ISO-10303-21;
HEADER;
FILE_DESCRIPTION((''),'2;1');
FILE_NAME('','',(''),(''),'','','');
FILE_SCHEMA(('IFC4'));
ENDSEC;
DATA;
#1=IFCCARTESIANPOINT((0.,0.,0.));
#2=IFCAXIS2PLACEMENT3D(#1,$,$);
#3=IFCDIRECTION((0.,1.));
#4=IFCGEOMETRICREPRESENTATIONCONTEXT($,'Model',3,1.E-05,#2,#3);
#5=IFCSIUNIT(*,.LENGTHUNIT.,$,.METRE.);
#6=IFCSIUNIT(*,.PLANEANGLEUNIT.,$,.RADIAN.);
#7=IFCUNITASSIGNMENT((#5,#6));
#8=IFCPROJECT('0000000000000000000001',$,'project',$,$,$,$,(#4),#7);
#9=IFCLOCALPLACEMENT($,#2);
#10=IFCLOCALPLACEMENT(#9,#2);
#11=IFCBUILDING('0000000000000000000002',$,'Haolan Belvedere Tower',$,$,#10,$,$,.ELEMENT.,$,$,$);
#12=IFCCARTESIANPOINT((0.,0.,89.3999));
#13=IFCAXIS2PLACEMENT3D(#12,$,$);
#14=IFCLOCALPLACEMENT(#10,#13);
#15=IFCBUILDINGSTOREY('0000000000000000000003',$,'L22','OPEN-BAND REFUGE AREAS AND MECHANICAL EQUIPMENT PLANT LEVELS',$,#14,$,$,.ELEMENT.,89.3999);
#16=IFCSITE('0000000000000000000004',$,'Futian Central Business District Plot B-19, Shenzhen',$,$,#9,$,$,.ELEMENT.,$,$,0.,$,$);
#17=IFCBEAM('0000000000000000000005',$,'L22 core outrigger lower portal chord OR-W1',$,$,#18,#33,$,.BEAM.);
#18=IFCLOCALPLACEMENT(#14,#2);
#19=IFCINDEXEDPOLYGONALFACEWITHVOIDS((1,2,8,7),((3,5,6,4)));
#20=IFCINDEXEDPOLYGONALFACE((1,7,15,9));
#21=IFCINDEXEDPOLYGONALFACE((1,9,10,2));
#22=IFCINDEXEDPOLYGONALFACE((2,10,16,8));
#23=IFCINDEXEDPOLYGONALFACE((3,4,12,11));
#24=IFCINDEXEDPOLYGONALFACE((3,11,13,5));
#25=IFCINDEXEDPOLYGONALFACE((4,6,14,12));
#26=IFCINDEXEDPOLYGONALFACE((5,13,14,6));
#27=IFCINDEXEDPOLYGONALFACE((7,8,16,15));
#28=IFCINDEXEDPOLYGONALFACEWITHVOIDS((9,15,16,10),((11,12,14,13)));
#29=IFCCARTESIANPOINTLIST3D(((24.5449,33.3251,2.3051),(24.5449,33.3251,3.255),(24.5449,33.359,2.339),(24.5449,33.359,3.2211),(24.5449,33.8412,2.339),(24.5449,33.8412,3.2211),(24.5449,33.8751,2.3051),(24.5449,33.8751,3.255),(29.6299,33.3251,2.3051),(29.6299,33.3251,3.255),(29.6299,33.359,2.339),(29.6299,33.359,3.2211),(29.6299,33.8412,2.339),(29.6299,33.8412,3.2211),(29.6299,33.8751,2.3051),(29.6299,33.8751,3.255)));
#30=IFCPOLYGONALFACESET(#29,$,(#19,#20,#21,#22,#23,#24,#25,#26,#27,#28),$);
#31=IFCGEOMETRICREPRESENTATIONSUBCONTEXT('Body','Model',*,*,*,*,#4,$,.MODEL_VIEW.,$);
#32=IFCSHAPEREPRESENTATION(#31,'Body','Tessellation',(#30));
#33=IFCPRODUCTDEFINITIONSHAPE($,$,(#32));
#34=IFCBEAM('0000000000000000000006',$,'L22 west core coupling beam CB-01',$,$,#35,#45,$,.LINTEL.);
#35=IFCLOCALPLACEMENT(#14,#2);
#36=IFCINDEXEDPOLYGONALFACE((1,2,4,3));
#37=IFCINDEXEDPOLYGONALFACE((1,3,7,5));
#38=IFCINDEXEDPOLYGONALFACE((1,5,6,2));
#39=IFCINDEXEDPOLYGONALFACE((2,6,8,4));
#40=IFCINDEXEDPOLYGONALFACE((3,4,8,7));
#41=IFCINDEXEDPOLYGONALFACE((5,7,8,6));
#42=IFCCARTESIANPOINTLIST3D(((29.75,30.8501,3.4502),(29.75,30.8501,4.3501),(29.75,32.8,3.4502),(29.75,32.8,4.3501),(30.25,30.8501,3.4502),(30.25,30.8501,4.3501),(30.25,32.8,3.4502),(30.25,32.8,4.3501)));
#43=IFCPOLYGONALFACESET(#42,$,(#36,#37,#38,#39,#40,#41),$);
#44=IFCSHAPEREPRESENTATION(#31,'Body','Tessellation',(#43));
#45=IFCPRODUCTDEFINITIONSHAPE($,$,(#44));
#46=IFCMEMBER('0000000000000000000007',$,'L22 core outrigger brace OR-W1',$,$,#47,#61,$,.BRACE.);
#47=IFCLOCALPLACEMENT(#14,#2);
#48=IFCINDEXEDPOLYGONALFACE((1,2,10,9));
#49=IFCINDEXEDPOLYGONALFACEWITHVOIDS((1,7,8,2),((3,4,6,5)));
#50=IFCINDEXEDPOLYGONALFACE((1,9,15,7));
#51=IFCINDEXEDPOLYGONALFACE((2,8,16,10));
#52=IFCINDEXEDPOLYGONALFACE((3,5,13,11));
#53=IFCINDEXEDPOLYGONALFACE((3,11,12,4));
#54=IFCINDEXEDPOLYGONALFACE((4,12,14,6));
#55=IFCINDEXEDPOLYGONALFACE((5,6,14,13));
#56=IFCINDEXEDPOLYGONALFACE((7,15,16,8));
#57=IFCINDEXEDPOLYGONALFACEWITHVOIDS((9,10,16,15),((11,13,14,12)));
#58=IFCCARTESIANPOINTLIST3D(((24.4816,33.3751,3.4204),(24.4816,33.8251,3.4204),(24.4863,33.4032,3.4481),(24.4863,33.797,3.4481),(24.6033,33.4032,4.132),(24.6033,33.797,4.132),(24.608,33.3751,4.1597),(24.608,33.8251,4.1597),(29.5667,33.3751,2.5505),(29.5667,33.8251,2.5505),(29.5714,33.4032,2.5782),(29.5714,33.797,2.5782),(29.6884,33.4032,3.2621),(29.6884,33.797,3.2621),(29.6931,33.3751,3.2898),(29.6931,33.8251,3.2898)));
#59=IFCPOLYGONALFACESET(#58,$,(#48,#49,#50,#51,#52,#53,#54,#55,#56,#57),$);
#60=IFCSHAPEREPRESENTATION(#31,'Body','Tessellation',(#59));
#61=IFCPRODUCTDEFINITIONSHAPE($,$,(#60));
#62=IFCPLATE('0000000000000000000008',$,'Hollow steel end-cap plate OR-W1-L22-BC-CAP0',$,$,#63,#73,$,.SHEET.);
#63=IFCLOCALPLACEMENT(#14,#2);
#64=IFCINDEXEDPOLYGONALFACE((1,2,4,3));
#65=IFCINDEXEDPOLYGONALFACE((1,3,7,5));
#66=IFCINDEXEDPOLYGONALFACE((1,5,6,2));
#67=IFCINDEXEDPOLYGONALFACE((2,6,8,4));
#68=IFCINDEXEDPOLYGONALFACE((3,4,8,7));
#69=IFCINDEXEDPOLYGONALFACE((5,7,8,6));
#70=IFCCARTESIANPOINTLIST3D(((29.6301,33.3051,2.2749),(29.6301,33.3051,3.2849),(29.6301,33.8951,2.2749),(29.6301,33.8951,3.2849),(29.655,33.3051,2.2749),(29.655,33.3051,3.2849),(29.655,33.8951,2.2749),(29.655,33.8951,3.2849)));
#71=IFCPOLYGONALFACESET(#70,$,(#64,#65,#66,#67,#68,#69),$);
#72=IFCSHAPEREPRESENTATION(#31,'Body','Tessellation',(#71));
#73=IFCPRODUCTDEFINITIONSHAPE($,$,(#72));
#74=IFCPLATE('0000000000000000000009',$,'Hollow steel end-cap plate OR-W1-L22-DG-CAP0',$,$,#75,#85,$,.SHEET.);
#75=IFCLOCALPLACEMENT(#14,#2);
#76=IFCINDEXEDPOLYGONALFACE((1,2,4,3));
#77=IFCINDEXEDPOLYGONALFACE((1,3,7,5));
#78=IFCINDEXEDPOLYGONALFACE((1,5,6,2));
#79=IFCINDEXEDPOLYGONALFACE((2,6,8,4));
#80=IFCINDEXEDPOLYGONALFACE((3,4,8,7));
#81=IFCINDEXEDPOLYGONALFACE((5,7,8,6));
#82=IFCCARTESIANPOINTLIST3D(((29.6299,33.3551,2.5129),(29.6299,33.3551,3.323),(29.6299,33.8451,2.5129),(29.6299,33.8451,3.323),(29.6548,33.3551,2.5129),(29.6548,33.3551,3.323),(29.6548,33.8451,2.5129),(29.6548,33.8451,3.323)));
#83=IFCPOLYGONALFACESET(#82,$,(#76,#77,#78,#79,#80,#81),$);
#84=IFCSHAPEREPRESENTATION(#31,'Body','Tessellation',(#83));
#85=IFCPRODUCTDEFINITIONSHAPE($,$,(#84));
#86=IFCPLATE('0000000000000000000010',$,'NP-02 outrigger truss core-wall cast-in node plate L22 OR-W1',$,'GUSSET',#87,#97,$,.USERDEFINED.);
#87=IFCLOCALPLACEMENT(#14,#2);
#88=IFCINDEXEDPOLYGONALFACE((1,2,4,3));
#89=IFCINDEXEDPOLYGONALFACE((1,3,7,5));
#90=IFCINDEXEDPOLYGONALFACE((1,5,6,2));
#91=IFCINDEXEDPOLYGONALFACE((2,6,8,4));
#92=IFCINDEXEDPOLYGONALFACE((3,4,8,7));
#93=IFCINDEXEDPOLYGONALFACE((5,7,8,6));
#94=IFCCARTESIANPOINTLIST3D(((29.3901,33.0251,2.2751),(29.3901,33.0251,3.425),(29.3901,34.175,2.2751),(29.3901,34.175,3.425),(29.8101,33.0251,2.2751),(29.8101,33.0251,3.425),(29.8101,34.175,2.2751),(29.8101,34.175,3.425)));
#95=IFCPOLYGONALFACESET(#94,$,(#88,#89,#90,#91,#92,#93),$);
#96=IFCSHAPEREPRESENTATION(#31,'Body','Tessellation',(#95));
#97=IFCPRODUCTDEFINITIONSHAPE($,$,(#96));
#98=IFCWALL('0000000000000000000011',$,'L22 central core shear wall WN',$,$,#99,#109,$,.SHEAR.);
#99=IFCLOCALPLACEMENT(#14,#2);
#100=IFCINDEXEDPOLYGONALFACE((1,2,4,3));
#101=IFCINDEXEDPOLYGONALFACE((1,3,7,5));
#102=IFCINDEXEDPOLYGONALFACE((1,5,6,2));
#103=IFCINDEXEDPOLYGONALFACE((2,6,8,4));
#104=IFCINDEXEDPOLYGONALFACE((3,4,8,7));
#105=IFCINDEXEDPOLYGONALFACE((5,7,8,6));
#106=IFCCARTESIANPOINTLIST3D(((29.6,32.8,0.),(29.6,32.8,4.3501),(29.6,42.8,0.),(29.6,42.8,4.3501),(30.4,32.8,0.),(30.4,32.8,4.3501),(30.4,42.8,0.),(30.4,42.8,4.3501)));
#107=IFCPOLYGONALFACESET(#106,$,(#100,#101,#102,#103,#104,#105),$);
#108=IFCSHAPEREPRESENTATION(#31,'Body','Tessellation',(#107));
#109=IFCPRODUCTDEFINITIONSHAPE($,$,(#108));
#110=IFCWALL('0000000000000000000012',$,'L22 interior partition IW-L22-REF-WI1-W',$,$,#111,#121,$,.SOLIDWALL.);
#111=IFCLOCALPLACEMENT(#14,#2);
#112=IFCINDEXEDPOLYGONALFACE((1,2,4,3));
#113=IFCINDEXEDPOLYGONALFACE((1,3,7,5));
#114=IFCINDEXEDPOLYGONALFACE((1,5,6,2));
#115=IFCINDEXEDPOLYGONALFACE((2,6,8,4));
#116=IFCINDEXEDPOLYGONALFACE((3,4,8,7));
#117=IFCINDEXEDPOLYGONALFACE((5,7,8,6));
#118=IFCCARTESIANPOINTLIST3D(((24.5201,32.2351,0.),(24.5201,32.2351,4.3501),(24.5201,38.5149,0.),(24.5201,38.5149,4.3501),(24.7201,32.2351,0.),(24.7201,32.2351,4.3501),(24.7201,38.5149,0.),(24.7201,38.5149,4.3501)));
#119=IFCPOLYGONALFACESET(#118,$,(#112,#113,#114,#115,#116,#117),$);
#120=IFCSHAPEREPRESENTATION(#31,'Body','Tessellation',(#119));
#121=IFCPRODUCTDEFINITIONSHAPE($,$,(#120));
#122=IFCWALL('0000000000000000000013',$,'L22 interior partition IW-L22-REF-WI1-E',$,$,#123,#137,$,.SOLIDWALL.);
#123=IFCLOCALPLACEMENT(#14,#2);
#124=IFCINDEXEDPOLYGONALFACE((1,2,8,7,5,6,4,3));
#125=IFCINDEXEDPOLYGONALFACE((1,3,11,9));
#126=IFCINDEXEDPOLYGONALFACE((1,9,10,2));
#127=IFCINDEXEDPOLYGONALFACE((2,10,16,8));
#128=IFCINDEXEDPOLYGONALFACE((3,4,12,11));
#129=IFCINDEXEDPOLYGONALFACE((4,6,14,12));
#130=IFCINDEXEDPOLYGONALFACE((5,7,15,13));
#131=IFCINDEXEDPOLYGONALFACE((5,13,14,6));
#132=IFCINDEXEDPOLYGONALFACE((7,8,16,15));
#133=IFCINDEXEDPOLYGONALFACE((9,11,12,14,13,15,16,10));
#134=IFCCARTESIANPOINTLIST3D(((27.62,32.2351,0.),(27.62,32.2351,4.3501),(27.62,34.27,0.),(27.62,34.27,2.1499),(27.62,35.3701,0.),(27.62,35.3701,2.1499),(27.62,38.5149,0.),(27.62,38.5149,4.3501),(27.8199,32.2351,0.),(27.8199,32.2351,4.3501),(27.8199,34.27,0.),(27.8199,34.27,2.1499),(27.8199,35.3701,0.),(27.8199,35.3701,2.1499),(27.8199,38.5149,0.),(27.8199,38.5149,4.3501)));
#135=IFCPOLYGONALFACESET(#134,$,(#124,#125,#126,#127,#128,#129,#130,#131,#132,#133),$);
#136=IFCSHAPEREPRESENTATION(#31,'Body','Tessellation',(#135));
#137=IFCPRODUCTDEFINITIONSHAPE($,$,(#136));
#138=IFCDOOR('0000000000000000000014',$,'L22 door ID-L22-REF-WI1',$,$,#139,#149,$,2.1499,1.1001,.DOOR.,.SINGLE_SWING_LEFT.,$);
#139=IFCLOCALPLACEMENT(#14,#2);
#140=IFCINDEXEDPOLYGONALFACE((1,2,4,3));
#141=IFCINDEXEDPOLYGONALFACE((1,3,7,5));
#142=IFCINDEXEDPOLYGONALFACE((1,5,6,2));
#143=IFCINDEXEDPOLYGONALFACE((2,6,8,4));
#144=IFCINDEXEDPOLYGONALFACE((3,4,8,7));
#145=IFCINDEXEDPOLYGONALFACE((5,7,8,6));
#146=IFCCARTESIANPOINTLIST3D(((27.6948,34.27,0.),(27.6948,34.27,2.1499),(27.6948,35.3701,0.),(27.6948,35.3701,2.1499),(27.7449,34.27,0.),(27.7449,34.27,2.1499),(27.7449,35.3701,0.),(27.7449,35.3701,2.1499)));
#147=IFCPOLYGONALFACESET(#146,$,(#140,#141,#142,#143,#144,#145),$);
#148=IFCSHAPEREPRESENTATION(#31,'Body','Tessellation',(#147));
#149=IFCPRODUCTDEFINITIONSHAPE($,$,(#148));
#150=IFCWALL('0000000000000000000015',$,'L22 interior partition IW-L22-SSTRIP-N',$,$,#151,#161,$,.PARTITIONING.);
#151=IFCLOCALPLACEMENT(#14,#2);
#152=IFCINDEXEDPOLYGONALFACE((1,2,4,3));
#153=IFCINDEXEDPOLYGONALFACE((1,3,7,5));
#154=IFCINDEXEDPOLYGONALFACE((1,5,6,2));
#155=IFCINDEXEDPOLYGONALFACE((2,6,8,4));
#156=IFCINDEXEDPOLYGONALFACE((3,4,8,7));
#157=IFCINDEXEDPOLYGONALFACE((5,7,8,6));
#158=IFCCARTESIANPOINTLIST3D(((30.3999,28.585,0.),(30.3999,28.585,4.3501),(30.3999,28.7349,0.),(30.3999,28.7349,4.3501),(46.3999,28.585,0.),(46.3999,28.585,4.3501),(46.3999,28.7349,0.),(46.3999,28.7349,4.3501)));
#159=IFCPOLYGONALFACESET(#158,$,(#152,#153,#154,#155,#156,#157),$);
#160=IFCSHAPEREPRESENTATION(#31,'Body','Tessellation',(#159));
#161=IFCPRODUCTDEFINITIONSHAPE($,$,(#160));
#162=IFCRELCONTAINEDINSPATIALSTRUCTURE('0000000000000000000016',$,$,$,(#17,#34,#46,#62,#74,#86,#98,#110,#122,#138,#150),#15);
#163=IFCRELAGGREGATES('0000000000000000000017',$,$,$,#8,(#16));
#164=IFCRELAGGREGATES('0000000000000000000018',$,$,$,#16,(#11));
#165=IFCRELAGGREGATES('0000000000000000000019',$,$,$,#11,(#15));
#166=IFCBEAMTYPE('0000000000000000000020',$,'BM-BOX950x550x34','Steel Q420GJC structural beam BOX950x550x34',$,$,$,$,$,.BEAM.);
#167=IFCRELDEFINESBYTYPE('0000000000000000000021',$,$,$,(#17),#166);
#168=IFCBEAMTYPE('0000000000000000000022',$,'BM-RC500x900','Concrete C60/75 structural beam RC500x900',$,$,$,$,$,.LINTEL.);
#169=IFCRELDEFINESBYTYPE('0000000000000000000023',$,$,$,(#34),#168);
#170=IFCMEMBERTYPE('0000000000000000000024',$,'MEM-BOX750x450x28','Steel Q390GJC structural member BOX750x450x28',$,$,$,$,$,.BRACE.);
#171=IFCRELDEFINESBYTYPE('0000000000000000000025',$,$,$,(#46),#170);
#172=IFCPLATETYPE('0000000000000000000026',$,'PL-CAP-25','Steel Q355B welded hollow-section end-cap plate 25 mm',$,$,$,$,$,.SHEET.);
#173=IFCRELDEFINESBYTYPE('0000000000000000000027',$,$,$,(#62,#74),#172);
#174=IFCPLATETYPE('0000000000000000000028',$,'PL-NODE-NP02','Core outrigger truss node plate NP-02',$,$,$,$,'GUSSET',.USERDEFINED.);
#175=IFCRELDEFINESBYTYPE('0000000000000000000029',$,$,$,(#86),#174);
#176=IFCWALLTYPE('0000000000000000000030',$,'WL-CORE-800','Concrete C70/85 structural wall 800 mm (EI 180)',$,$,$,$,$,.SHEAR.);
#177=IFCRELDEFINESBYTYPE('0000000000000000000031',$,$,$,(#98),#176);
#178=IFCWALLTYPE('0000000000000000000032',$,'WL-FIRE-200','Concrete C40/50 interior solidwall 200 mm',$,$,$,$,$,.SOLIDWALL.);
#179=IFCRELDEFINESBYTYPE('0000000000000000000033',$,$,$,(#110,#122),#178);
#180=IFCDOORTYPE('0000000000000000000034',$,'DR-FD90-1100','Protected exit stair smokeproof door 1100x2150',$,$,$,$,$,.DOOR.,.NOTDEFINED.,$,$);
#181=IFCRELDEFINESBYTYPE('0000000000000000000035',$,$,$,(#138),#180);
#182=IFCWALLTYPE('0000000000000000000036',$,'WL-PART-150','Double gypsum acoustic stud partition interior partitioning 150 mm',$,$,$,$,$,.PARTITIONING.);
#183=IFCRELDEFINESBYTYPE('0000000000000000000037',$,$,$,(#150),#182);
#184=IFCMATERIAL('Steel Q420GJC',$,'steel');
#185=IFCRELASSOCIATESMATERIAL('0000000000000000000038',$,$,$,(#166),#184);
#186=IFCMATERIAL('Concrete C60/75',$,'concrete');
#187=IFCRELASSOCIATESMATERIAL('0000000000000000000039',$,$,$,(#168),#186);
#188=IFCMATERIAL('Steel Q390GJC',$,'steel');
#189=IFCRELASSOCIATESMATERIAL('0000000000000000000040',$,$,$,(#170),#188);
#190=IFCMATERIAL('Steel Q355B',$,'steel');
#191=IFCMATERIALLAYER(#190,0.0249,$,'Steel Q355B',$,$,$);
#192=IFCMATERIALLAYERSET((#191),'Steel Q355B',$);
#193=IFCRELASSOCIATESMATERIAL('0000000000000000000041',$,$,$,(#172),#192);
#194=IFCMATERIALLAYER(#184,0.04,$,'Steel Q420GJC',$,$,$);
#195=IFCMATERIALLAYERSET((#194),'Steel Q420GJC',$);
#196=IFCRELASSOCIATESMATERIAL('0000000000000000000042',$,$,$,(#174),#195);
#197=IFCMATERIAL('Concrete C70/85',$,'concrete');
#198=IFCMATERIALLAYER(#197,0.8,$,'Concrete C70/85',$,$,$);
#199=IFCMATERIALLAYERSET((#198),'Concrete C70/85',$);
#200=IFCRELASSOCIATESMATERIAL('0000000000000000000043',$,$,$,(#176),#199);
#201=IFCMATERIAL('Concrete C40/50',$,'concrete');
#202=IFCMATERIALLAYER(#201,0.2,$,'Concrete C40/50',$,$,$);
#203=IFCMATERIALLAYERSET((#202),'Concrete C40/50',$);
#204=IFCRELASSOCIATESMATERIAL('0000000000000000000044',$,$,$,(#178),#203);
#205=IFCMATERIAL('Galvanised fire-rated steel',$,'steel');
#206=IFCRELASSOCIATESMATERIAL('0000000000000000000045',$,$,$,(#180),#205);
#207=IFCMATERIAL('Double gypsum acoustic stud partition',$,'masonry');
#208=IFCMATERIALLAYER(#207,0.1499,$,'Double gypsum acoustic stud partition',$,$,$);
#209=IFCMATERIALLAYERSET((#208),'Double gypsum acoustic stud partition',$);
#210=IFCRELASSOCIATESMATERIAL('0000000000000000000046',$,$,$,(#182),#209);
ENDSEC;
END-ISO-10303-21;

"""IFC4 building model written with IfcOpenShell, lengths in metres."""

from ifc_helpers import new_model, si_unit, direction, frame, frame_2d, origin, origin_2d, place, context, subcontext, project, spatial, rectangle, hollow_rectangle, extrude, material, layer, layer_set, material_profile, profile_set, type_object, element, fill, save


model = new_model("IFC4")

# Units and contexts
model_context = context("Model", 3, precision=1e-05, world=origin(), true_north=direction((0.0, 1.0)))
body_context = subcontext(model_context, "Body", "Model", "MODEL_VIEW")
ifc_project = project(units=[si_unit("LENGTHUNIT", "METRE"), si_unit("PLANEANGLEUNIT", "RADIAN")], contexts=[model_context])

# Site, building, storey
site_placement = place(None, origin())
site = spatial("IfcSite", under=ifc_project, at=site_placement, Name="Futian Central Business District Plot B-19, Shenzhen", CompositionType="ELEMENT", RefElevation=0.0)
building_placement = place(site_placement, origin())
building = spatial("IfcBuilding", under=site, at=building_placement, Name="Haolan Belvedere Tower", CompositionType="ELEMENT")
storey_placement = place(building_placement, frame((0.0, 0.0, 89.3999)))
storey = spatial("IfcBuildingStorey", under=building, at=storey_placement, Name="L22", Description="OPEN-BAND REFUGE AREAS AND MECHANICAL EQUIPMENT PLANT LEVELS", CompositionType="ELEMENT", Elevation=89.3999)

# Beams
ifc_material_1 = material(Name="Steel Q420GJC", Category="steel")
ifc_material_profile_1 = material_profile(ifc_material_1, hollow_rectangle(XDim=0.55, YDim=0.95, WallThickness=0.0339, at=origin_2d()), Name="Steel Q420GJC")
ifc_profile_set_1 = profile_set([ifc_material_profile_1], Name="Steel Q420GJC")
beam_type_1 = type_object("IfcBeamType", Name="BM-BOX950x550x34", Description="Steel Q420GJC structural beam BOX950x550x34", PredefinedType="BEAM", material=ifc_profile_set_1)
beam_1_placement = place(storey_placement, frame((29.6299, 33.6001, 2.78), z_axis=(-1.0, 0.0, 0.0), x_axis=(0.0, -1.0, 0.0)))
element("IfcBeam", 1, at=beam_1_placement, inside=storey, type_object=beam_type_1, Name="L22 core outrigger lower portal chord OR-W1", PredefinedType="BEAM", context=body_context, shape_type="SweptSolid", body=[
    extrude(hollow_rectangle(XDim=0.55, YDim=0.95, WallThickness=0.0339, at=origin_2d()), origin(), (0.0, 0.0, 1.0), 5.085),
])
ifc_material_2 = material(Name="Concrete C60/75", Category="concrete")
ifc_material_profile_2 = material_profile(ifc_material_2, rectangle(XDim=0.5, YDim=0.8999, at=origin_2d()), Name="Concrete C60/75")
ifc_profile_set_2 = profile_set([ifc_material_profile_2], Name="Concrete C60/75")
beam_type_2 = type_object("IfcBeamType", Name="BM-RC500x900", Description="Concrete C60/75 structural beam RC500x900", PredefinedType="LINTEL", material=ifc_profile_set_2)
beam_2_placement = place(storey_placement, frame((30.0, 30.8501, 3.9001), z_axis=(0.0, 1.0, 0.0), x_axis=(-1.0, 0.0, 0.0)))
element("IfcBeam", 2, at=beam_2_placement, inside=storey, type_object=beam_type_2, Name="L22 west core coupling beam CB-01", PredefinedType="LINTEL", context=body_context, shape_type="SweptSolid", body=[
    extrude(rectangle(XDim=0.5, YDim=0.8999, at=origin_2d()), origin(), (0.0, 0.0, 1.0), 1.95),
])

# Member
ifc_material_3 = material(Name="Steel Q390GJC", Category="steel")
ifc_material_profile_3 = material_profile(ifc_material_3, hollow_rectangle(XDim=0.45, YDim=0.75, WallThickness=0.0281, at=origin_2d()), Name="Steel Q390GJC")
ifc_profile_set_3 = profile_set([ifc_material_profile_3], Name="Steel Q390GJC")
member_type = type_object("IfcMemberType", Name="MEM-BOX750x450x28", Description="Steel Q390GJC structural member BOX750x450x28", PredefinedType="BRACE", material=ifc_profile_set_3)
member_placement = place(storey_placement, frame((29.6299, 33.6001, 2.9202), z_axis=(-0.985681, 0.0, 0.168618), x_axis=(0.0, -1.0, 0.0)))
element("IfcMember", 3, at=member_placement, inside=storey, type_object=member_type, Name="L22 core outrigger brace OR-W1", PredefinedType="BRACE", context=body_context, shape_type="SweptSolid", body=[
    extrude(hollow_rectangle(XDim=0.45, YDim=0.75, WallThickness=0.0281, at=origin_2d()), origin(), (0.0, 0.0, 1.0), 5.1589),
])

# Plates
ifc_material_4 = material(Name="Steel Q355B", Category="steel")
ifc_layer_1 = layer(ifc_material_4, 0.0249, Name="Steel Q355B")
ifc_layer_set_1 = layer_set([ifc_layer_1], Name="Steel Q355B")
plate_type_1 = type_object("IfcPlateType", Name="PL-CAP-25", Description="Steel Q355B welded hollow-section end-cap plate 25 mm", PredefinedType="SHEET", material=ifc_layer_set_1)
plate_1_placement = place(storey_placement, frame((29.6426, 33.6001, 2.2749), z_axis=(0.0, 0.0, 1.0), x_axis=(0.0, 1.0, 0.0)))
element("IfcPlate", 4, at=plate_1_placement, inside=storey, type_object=plate_type_1, Name="Hollow steel end-cap plate OR-W1-L22-BC-CAP0", PredefinedType="SHEET", context=body_context, shape_type="SweptSolid", body=[
    extrude(rectangle(XDim=0.5901, YDim=0.0249, at=origin_2d()), origin(), (0.0, 0.0, 1.0), 1.01),
])
plate_2_placement = place(storey_placement, frame((29.6423, 33.6001, 2.5129), z_axis=(0.0, 0.0, 1.0), x_axis=(0.0, 1.0, 0.0)))
element("IfcPlate", 5, at=plate_2_placement, inside=storey, type_object=plate_type_1, Name="Hollow steel end-cap plate OR-W1-L22-DG-CAP0", PredefinedType="SHEET", context=body_context, shape_type="SweptSolid", body=[
    extrude(rectangle(XDim=0.49, YDim=0.0249, at=origin_2d()), origin(), (0.0, 0.0, 1.0), 0.8101),
])
ifc_layer_2 = layer(ifc_material_1, 0.04, Name="Steel Q420GJC")
ifc_layer_set_2 = layer_set([ifc_layer_2], Name="Steel Q420GJC")
plate_type_2 = type_object("IfcPlateType", Name="PL-NODE-NP02", Description="Core outrigger truss node plate NP-02", ElementType="GUSSET", PredefinedType="USERDEFINED", material=ifc_layer_set_2)
plate_3_placement = place(storey_placement, frame((29.6001, 33.6001, 2.2751), z_axis=(0.0, 0.0, 1.0), x_axis=(1.0, 0.0, 0.0)))
element("IfcPlate", 6, at=plate_3_placement, inside=storey, type_object=plate_type_2, Name="NP-02 outrigger truss core-wall cast-in node plate L22 OR-W1", ObjectType="GUSSET", PredefinedType="USERDEFINED", context=body_context, shape_type="SweptSolid", body=[
    extrude(rectangle(XDim=0.4199, YDim=1.1499, at=origin_2d()), origin(), (0.0, 0.0, 1.0), 1.1499),
])

# Walls
ifc_material_5 = material(Name="Concrete C70/85", Category="concrete")
ifc_layer_3 = layer(ifc_material_5, 0.8, Name="Concrete C70/85")
ifc_layer_set_3 = layer_set([ifc_layer_3], Name="Concrete C70/85")
wall_type_1 = type_object("IfcWallType", Name="WL-CORE-800", Description="Concrete C70/85 structural wall 800 mm (EI 180)", PredefinedType="SHEAR", material=ifc_layer_set_3)
wall_1_placement = place(storey_placement, frame((30.0, 32.8, 0.0), z_axis=(0.0, 0.0, 1.0), x_axis=(0.0, 1.0, 0.0)))
element("IfcWall", 7, at=wall_1_placement, inside=storey, type_object=wall_type_1, Name="L22 central core shear wall WN", PredefinedType="SHEAR", context=body_context, shape_type="SweptSolid", body=[
    extrude(rectangle(XDim=10.0, YDim=0.8, at=frame_2d((5.0, 0.0))), origin(), (0.0, 0.0, 1.0), 4.3501),
])
ifc_material_6 = material(Name="Concrete C40/50", Category="concrete")
ifc_layer_4 = layer(ifc_material_6, 0.2, Name="Concrete C40/50")
ifc_layer_set_4 = layer_set([ifc_layer_4], Name="Concrete C40/50")
wall_type_2 = type_object("IfcWallType", Name="WL-FIRE-200", Description="Concrete C40/50 interior solidwall 200 mm", PredefinedType="SOLIDWALL", material=ifc_layer_set_4)
wall_2_placement = place(storey_placement, frame((24.6201, 32.2351, 0.0), z_axis=(0.0, 0.0, 1.0), x_axis=(0.0, 1.0, 0.0)))
element("IfcWall", 8, at=wall_2_placement, inside=storey, type_object=wall_type_2, Name="L22 interior partition IW-L22-REF-WI1-W", PredefinedType="SOLIDWALL", context=body_context, shape_type="SweptSolid", body=[
    extrude(rectangle(XDim=6.2798, YDim=0.2, at=frame_2d((3.1399, 0.0))), origin(), (0.0, 0.0, 1.0), 4.3501),
])

# Wall, opening, door
wall_3_placement = place(storey_placement, frame((27.72, 32.2351, 0.0), z_axis=(0.0, 0.0, 1.0), x_axis=(0.0, 1.0, 0.0)))
wall_3 = element("IfcWall", 9, at=wall_3_placement, inside=storey, type_object=wall_type_2, Name="L22 interior partition IW-L22-REF-WI1-E", PredefinedType="SOLIDWALL", context=body_context, shape_type="SweptSolid", body=[
    extrude(rectangle(XDim=6.2798, YDim=0.2, at=frame_2d((3.1399, 0.0))), origin(), (0.0, 0.0, 1.0), 4.3501),
])
opening_1_placement = place(wall_3_placement, frame((3.135, 0.0, 0.0), z_axis=(0.0, 0.0, 1.0), x_axis=(-1.0, 0.0, 0.0)))
opening_1 = element("IfcOpeningElement", 10, at=opening_1_placement, cuts=wall_3, PredefinedType="OPENING", context=body_context, shape_type="SweptSolid", body=[
    extrude(rectangle(XDim=1.1001, YDim=2.1499, at=frame_2d((0.55, 1.075))), frame((0.0, 0.1099, 0.0), z_axis=(0.0, -1.0, 0.0), x_axis=(1.0, 0.0, 0.0)), (0.0, 0.0, 1.0), 0.22),
])
ifc_material_7 = material(Name="Galvanised fire-rated steel", Category="steel")
door_type_1 = type_object("IfcDoorType", Name="DR-FD90-1100", Description="Protected exit stair smokeproof door 1100x2150", OperationType="NOTDEFINED", PredefinedType="DOOR", material=ifc_material_7)
door_1_placement = place(opening_1_placement, origin())
door_1 = element("IfcDoor", 11, at=door_1_placement, inside=storey, type_object=door_type_1, Name="L22 door ID-L22-REF-WI1", OperationType="SINGLE_SWING_LEFT", OverallHeight=2.1499, OverallWidth=1.1001, PredefinedType="DOOR", context=body_context, shape_type="SweptSolid", body=[
    extrude(rectangle(XDim=1.1001, YDim=2.1499, at=frame_2d((0.55, 1.075))), frame((0.0, 0.0249, 0.0), z_axis=(0.0, -1.0, 0.0), x_axis=(1.0, 0.0, 0.0)), (0.0, 0.0, 1.0), 0.05),
])
fill(opening_1, door_1)

# Wall
ifc_material_8 = material(Name="Double gypsum acoustic stud partition", Category="masonry")
ifc_layer_5 = layer(ifc_material_8, 0.1499, Name="Double gypsum acoustic stud partition")
ifc_layer_set_5 = layer_set([ifc_layer_5], Name="Double gypsum acoustic stud partition")
wall_type_3 = type_object("IfcWallType", Name="WL-PART-150", Description="Double gypsum acoustic stud partition interior partitioning 150 mm", PredefinedType="PARTITIONING", material=ifc_layer_set_5)
wall_4_placement = place(storey_placement, frame((30.3999, 28.6599, 0.0), z_axis=(0.0, 0.0, 1.0), x_axis=(1.0, 0.0, 0.0)))
element("IfcWall", 12, at=wall_4_placement, inside=storey, type_object=wall_type_3, Name="L22 interior partition IW-L22-SSTRIP-N", PredefinedType="PARTITIONING", context=body_context, shape_type="SweptSolid", body=[
    extrude(rectangle(XDim=16.0, YDim=0.1499, at=frame_2d((8.0, 0.0))), origin(), (0.0, 0.0, 1.0), 4.3501),
])

save(model, "model.ifc")
